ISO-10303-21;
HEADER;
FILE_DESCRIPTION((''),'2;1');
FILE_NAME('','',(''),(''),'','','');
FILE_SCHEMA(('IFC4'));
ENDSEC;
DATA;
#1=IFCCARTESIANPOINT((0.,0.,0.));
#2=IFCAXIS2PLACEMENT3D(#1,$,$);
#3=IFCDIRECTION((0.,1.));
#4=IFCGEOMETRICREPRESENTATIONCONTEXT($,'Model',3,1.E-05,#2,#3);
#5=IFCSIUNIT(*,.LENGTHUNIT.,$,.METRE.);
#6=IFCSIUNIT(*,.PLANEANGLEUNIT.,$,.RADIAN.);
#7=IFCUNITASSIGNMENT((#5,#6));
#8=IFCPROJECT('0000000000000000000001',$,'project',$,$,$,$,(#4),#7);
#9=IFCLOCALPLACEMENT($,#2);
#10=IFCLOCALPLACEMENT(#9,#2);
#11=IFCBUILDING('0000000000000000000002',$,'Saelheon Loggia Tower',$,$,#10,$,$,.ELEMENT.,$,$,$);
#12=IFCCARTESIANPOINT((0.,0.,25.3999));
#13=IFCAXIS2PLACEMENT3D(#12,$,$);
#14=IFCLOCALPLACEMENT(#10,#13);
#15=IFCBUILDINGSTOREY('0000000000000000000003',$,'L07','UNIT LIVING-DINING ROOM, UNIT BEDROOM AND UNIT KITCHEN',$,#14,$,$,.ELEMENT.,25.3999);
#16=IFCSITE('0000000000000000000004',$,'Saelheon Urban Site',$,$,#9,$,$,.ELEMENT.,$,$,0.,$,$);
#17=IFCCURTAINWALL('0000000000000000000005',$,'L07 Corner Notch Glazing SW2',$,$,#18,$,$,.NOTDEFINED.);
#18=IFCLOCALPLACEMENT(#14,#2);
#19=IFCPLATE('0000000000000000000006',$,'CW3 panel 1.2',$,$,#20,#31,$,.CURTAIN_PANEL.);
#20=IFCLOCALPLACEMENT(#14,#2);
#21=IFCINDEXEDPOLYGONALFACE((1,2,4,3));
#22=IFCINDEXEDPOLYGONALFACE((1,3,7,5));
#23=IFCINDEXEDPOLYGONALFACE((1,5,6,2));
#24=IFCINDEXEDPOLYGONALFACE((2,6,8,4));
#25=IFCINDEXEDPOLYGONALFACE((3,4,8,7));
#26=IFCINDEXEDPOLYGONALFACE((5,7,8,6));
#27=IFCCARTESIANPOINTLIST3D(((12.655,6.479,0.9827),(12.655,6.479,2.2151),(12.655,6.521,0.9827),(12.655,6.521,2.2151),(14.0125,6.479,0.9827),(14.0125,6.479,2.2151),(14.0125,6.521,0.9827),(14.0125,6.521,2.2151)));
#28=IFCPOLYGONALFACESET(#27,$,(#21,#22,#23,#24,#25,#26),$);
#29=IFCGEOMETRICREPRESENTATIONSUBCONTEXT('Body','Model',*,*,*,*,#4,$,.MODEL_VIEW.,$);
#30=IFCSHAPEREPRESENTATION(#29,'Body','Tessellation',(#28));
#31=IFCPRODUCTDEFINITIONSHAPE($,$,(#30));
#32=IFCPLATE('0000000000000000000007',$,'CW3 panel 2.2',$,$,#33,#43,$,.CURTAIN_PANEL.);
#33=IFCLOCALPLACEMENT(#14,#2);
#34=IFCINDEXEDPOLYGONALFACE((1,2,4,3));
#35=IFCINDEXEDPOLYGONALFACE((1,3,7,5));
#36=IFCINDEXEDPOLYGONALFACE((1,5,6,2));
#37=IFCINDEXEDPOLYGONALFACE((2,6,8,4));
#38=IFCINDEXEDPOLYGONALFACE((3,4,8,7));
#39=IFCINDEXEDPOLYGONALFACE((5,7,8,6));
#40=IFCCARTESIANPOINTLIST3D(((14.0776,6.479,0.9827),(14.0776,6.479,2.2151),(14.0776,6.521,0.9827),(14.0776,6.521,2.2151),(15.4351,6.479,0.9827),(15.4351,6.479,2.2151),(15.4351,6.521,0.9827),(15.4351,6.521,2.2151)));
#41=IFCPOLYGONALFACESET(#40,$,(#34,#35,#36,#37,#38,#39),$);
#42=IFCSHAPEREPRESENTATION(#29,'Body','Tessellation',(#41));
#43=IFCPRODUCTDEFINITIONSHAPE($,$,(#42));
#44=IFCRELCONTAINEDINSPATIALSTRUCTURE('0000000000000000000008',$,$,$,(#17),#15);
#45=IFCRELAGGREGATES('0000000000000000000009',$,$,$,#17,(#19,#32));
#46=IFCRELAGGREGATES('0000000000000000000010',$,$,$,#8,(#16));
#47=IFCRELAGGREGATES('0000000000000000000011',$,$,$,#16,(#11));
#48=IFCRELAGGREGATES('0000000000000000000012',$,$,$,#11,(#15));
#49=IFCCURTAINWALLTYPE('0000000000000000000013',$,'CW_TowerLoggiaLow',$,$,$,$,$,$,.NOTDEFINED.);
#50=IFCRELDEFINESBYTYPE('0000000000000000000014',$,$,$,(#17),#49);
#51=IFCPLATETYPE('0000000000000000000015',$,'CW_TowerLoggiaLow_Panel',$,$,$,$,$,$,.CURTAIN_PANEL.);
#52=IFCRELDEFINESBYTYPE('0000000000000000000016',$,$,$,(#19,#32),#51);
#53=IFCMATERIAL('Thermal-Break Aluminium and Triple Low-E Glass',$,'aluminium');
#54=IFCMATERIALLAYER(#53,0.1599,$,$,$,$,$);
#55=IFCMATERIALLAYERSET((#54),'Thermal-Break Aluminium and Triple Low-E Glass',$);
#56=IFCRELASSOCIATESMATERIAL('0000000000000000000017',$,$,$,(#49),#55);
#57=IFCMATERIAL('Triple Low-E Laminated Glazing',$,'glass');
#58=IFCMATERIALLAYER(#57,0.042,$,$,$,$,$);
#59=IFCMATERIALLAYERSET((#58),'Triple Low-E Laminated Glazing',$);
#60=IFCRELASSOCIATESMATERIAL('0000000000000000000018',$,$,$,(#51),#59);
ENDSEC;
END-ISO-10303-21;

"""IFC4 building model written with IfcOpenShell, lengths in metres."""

from ifc_helpers import new_model, si_unit, direction, frame, origin, origin_2d, place, context, subcontext, project, spatial, rectangle, extrude, source, transform, mapped, material, layer, layer_set, type_object, element, aggregate, save


model = new_model("IFC4")

# Units and contexts
model_context = context("Model", 3, precision=1e-05, world=origin(), true_north=direction((0.0, 1.0)))
body_context = subcontext(model_context, "Body", "Model", "MODEL_VIEW")
ifc_project = project(units=[si_unit("LENGTHUNIT", "METRE"), si_unit("PLANEANGLEUNIT", "RADIAN")], contexts=[model_context])

# Site, building, storey
site_placement = place(None, origin())
site = spatial("IfcSite", under=ifc_project, at=site_placement, Name="Saelheon Urban Site", CompositionType="ELEMENT", RefElevation=0.0)
building_placement = place(site_placement, origin())
building = spatial("IfcBuilding", under=site, at=building_placement, Name="Saelheon Loggia Tower", CompositionType="ELEMENT")
storey_placement = place(building_placement, frame((0.0, 0.0, 25.3999)))
storey = spatial("IfcBuildingStorey", under=building, at=storey_placement, Name="L07", Description="UNIT LIVING-DINING ROOM, UNIT BEDROOM AND UNIT KITCHEN", CompositionType="ELEMENT", Elevation=25.3999)

# Curtain wall, plates
ifc_material_1 = material(Name="Thermal-Break Aluminium and Triple Low-E Glass", Category="aluminium")
ifc_layer_1 = layer(ifc_material_1, 0.1599)
ifc_layer_set_1 = layer_set([ifc_layer_1], Name="Thermal-Break Aluminium and Triple Low-E Glass")
curtain_wall_type = type_object("IfcCurtainWallType", Name="CW_TowerLoggiaLow", PredefinedType="NOTDEFINED", material=ifc_layer_set_1)
curtain_wall_placement = place(storey_placement, origin())
curtain_wall = element("IfcCurtainWall", 1, at=curtain_wall_placement, inside=storey, type_object=curtain_wall_type, Name="L07 Corner Notch Glazing SW2", PredefinedType="NOTDEFINED")
ifc_material_2 = material(Name="Triple Low-E Laminated Glazing", Category="glass")
ifc_layer_2 = layer(ifc_material_2, 0.042)
ifc_layer_set_2 = layer_set([ifc_layer_2], Name="Triple Low-E Laminated Glazing")
plate_type = type_object("IfcPlateType", Name="CW_TowerLoggiaLow_Panel", PredefinedType="CURTAIN_PANEL", material=ifc_layer_set_2)
shared_shape_1 = source(origin(), body_context, "Body", "SweptSolid", [
    extrude(rectangle(XDim=1.3574, YDim=0.042, at=origin_2d()), origin(), (0.0, 0.0, 1.0), 1.2324),
])
plate_1_placement = place(storey_placement, frame((13.3337, 6.5, 0.9827), z_axis=(0.0, 0.0, 1.0), x_axis=(1.0, 0.0, 0.0)))
plate_1 = element("IfcPlate", 2, at=plate_1_placement, type_object=plate_type, Name="CW3 panel 1.2", PredefinedType="CURTAIN_PANEL", context=body_context, shape_type="MappedRepresentation", body=[
    mapped(shared_shape_1, transform((0.0, 0.0, 0.0), scale=1.0)),
])
plate_2_placement = place(storey_placement, frame((14.7563, 6.5, 0.9827), z_axis=(0.0, 0.0, 1.0), x_axis=(1.0, 0.0, 0.0)))
plate_2 = element("IfcPlate", 3, at=plate_2_placement, type_object=plate_type, Name="CW3 panel 2.2", PredefinedType="CURTAIN_PANEL", context=body_context, shape_type="MappedRepresentation", body=[
    mapped(shared_shape_1, transform((0.0, 0.0, 0.0), scale=1.0)),
])
aggregate(curtain_wall, [plate_1, plate_2])

save(model, "model.ifc")
